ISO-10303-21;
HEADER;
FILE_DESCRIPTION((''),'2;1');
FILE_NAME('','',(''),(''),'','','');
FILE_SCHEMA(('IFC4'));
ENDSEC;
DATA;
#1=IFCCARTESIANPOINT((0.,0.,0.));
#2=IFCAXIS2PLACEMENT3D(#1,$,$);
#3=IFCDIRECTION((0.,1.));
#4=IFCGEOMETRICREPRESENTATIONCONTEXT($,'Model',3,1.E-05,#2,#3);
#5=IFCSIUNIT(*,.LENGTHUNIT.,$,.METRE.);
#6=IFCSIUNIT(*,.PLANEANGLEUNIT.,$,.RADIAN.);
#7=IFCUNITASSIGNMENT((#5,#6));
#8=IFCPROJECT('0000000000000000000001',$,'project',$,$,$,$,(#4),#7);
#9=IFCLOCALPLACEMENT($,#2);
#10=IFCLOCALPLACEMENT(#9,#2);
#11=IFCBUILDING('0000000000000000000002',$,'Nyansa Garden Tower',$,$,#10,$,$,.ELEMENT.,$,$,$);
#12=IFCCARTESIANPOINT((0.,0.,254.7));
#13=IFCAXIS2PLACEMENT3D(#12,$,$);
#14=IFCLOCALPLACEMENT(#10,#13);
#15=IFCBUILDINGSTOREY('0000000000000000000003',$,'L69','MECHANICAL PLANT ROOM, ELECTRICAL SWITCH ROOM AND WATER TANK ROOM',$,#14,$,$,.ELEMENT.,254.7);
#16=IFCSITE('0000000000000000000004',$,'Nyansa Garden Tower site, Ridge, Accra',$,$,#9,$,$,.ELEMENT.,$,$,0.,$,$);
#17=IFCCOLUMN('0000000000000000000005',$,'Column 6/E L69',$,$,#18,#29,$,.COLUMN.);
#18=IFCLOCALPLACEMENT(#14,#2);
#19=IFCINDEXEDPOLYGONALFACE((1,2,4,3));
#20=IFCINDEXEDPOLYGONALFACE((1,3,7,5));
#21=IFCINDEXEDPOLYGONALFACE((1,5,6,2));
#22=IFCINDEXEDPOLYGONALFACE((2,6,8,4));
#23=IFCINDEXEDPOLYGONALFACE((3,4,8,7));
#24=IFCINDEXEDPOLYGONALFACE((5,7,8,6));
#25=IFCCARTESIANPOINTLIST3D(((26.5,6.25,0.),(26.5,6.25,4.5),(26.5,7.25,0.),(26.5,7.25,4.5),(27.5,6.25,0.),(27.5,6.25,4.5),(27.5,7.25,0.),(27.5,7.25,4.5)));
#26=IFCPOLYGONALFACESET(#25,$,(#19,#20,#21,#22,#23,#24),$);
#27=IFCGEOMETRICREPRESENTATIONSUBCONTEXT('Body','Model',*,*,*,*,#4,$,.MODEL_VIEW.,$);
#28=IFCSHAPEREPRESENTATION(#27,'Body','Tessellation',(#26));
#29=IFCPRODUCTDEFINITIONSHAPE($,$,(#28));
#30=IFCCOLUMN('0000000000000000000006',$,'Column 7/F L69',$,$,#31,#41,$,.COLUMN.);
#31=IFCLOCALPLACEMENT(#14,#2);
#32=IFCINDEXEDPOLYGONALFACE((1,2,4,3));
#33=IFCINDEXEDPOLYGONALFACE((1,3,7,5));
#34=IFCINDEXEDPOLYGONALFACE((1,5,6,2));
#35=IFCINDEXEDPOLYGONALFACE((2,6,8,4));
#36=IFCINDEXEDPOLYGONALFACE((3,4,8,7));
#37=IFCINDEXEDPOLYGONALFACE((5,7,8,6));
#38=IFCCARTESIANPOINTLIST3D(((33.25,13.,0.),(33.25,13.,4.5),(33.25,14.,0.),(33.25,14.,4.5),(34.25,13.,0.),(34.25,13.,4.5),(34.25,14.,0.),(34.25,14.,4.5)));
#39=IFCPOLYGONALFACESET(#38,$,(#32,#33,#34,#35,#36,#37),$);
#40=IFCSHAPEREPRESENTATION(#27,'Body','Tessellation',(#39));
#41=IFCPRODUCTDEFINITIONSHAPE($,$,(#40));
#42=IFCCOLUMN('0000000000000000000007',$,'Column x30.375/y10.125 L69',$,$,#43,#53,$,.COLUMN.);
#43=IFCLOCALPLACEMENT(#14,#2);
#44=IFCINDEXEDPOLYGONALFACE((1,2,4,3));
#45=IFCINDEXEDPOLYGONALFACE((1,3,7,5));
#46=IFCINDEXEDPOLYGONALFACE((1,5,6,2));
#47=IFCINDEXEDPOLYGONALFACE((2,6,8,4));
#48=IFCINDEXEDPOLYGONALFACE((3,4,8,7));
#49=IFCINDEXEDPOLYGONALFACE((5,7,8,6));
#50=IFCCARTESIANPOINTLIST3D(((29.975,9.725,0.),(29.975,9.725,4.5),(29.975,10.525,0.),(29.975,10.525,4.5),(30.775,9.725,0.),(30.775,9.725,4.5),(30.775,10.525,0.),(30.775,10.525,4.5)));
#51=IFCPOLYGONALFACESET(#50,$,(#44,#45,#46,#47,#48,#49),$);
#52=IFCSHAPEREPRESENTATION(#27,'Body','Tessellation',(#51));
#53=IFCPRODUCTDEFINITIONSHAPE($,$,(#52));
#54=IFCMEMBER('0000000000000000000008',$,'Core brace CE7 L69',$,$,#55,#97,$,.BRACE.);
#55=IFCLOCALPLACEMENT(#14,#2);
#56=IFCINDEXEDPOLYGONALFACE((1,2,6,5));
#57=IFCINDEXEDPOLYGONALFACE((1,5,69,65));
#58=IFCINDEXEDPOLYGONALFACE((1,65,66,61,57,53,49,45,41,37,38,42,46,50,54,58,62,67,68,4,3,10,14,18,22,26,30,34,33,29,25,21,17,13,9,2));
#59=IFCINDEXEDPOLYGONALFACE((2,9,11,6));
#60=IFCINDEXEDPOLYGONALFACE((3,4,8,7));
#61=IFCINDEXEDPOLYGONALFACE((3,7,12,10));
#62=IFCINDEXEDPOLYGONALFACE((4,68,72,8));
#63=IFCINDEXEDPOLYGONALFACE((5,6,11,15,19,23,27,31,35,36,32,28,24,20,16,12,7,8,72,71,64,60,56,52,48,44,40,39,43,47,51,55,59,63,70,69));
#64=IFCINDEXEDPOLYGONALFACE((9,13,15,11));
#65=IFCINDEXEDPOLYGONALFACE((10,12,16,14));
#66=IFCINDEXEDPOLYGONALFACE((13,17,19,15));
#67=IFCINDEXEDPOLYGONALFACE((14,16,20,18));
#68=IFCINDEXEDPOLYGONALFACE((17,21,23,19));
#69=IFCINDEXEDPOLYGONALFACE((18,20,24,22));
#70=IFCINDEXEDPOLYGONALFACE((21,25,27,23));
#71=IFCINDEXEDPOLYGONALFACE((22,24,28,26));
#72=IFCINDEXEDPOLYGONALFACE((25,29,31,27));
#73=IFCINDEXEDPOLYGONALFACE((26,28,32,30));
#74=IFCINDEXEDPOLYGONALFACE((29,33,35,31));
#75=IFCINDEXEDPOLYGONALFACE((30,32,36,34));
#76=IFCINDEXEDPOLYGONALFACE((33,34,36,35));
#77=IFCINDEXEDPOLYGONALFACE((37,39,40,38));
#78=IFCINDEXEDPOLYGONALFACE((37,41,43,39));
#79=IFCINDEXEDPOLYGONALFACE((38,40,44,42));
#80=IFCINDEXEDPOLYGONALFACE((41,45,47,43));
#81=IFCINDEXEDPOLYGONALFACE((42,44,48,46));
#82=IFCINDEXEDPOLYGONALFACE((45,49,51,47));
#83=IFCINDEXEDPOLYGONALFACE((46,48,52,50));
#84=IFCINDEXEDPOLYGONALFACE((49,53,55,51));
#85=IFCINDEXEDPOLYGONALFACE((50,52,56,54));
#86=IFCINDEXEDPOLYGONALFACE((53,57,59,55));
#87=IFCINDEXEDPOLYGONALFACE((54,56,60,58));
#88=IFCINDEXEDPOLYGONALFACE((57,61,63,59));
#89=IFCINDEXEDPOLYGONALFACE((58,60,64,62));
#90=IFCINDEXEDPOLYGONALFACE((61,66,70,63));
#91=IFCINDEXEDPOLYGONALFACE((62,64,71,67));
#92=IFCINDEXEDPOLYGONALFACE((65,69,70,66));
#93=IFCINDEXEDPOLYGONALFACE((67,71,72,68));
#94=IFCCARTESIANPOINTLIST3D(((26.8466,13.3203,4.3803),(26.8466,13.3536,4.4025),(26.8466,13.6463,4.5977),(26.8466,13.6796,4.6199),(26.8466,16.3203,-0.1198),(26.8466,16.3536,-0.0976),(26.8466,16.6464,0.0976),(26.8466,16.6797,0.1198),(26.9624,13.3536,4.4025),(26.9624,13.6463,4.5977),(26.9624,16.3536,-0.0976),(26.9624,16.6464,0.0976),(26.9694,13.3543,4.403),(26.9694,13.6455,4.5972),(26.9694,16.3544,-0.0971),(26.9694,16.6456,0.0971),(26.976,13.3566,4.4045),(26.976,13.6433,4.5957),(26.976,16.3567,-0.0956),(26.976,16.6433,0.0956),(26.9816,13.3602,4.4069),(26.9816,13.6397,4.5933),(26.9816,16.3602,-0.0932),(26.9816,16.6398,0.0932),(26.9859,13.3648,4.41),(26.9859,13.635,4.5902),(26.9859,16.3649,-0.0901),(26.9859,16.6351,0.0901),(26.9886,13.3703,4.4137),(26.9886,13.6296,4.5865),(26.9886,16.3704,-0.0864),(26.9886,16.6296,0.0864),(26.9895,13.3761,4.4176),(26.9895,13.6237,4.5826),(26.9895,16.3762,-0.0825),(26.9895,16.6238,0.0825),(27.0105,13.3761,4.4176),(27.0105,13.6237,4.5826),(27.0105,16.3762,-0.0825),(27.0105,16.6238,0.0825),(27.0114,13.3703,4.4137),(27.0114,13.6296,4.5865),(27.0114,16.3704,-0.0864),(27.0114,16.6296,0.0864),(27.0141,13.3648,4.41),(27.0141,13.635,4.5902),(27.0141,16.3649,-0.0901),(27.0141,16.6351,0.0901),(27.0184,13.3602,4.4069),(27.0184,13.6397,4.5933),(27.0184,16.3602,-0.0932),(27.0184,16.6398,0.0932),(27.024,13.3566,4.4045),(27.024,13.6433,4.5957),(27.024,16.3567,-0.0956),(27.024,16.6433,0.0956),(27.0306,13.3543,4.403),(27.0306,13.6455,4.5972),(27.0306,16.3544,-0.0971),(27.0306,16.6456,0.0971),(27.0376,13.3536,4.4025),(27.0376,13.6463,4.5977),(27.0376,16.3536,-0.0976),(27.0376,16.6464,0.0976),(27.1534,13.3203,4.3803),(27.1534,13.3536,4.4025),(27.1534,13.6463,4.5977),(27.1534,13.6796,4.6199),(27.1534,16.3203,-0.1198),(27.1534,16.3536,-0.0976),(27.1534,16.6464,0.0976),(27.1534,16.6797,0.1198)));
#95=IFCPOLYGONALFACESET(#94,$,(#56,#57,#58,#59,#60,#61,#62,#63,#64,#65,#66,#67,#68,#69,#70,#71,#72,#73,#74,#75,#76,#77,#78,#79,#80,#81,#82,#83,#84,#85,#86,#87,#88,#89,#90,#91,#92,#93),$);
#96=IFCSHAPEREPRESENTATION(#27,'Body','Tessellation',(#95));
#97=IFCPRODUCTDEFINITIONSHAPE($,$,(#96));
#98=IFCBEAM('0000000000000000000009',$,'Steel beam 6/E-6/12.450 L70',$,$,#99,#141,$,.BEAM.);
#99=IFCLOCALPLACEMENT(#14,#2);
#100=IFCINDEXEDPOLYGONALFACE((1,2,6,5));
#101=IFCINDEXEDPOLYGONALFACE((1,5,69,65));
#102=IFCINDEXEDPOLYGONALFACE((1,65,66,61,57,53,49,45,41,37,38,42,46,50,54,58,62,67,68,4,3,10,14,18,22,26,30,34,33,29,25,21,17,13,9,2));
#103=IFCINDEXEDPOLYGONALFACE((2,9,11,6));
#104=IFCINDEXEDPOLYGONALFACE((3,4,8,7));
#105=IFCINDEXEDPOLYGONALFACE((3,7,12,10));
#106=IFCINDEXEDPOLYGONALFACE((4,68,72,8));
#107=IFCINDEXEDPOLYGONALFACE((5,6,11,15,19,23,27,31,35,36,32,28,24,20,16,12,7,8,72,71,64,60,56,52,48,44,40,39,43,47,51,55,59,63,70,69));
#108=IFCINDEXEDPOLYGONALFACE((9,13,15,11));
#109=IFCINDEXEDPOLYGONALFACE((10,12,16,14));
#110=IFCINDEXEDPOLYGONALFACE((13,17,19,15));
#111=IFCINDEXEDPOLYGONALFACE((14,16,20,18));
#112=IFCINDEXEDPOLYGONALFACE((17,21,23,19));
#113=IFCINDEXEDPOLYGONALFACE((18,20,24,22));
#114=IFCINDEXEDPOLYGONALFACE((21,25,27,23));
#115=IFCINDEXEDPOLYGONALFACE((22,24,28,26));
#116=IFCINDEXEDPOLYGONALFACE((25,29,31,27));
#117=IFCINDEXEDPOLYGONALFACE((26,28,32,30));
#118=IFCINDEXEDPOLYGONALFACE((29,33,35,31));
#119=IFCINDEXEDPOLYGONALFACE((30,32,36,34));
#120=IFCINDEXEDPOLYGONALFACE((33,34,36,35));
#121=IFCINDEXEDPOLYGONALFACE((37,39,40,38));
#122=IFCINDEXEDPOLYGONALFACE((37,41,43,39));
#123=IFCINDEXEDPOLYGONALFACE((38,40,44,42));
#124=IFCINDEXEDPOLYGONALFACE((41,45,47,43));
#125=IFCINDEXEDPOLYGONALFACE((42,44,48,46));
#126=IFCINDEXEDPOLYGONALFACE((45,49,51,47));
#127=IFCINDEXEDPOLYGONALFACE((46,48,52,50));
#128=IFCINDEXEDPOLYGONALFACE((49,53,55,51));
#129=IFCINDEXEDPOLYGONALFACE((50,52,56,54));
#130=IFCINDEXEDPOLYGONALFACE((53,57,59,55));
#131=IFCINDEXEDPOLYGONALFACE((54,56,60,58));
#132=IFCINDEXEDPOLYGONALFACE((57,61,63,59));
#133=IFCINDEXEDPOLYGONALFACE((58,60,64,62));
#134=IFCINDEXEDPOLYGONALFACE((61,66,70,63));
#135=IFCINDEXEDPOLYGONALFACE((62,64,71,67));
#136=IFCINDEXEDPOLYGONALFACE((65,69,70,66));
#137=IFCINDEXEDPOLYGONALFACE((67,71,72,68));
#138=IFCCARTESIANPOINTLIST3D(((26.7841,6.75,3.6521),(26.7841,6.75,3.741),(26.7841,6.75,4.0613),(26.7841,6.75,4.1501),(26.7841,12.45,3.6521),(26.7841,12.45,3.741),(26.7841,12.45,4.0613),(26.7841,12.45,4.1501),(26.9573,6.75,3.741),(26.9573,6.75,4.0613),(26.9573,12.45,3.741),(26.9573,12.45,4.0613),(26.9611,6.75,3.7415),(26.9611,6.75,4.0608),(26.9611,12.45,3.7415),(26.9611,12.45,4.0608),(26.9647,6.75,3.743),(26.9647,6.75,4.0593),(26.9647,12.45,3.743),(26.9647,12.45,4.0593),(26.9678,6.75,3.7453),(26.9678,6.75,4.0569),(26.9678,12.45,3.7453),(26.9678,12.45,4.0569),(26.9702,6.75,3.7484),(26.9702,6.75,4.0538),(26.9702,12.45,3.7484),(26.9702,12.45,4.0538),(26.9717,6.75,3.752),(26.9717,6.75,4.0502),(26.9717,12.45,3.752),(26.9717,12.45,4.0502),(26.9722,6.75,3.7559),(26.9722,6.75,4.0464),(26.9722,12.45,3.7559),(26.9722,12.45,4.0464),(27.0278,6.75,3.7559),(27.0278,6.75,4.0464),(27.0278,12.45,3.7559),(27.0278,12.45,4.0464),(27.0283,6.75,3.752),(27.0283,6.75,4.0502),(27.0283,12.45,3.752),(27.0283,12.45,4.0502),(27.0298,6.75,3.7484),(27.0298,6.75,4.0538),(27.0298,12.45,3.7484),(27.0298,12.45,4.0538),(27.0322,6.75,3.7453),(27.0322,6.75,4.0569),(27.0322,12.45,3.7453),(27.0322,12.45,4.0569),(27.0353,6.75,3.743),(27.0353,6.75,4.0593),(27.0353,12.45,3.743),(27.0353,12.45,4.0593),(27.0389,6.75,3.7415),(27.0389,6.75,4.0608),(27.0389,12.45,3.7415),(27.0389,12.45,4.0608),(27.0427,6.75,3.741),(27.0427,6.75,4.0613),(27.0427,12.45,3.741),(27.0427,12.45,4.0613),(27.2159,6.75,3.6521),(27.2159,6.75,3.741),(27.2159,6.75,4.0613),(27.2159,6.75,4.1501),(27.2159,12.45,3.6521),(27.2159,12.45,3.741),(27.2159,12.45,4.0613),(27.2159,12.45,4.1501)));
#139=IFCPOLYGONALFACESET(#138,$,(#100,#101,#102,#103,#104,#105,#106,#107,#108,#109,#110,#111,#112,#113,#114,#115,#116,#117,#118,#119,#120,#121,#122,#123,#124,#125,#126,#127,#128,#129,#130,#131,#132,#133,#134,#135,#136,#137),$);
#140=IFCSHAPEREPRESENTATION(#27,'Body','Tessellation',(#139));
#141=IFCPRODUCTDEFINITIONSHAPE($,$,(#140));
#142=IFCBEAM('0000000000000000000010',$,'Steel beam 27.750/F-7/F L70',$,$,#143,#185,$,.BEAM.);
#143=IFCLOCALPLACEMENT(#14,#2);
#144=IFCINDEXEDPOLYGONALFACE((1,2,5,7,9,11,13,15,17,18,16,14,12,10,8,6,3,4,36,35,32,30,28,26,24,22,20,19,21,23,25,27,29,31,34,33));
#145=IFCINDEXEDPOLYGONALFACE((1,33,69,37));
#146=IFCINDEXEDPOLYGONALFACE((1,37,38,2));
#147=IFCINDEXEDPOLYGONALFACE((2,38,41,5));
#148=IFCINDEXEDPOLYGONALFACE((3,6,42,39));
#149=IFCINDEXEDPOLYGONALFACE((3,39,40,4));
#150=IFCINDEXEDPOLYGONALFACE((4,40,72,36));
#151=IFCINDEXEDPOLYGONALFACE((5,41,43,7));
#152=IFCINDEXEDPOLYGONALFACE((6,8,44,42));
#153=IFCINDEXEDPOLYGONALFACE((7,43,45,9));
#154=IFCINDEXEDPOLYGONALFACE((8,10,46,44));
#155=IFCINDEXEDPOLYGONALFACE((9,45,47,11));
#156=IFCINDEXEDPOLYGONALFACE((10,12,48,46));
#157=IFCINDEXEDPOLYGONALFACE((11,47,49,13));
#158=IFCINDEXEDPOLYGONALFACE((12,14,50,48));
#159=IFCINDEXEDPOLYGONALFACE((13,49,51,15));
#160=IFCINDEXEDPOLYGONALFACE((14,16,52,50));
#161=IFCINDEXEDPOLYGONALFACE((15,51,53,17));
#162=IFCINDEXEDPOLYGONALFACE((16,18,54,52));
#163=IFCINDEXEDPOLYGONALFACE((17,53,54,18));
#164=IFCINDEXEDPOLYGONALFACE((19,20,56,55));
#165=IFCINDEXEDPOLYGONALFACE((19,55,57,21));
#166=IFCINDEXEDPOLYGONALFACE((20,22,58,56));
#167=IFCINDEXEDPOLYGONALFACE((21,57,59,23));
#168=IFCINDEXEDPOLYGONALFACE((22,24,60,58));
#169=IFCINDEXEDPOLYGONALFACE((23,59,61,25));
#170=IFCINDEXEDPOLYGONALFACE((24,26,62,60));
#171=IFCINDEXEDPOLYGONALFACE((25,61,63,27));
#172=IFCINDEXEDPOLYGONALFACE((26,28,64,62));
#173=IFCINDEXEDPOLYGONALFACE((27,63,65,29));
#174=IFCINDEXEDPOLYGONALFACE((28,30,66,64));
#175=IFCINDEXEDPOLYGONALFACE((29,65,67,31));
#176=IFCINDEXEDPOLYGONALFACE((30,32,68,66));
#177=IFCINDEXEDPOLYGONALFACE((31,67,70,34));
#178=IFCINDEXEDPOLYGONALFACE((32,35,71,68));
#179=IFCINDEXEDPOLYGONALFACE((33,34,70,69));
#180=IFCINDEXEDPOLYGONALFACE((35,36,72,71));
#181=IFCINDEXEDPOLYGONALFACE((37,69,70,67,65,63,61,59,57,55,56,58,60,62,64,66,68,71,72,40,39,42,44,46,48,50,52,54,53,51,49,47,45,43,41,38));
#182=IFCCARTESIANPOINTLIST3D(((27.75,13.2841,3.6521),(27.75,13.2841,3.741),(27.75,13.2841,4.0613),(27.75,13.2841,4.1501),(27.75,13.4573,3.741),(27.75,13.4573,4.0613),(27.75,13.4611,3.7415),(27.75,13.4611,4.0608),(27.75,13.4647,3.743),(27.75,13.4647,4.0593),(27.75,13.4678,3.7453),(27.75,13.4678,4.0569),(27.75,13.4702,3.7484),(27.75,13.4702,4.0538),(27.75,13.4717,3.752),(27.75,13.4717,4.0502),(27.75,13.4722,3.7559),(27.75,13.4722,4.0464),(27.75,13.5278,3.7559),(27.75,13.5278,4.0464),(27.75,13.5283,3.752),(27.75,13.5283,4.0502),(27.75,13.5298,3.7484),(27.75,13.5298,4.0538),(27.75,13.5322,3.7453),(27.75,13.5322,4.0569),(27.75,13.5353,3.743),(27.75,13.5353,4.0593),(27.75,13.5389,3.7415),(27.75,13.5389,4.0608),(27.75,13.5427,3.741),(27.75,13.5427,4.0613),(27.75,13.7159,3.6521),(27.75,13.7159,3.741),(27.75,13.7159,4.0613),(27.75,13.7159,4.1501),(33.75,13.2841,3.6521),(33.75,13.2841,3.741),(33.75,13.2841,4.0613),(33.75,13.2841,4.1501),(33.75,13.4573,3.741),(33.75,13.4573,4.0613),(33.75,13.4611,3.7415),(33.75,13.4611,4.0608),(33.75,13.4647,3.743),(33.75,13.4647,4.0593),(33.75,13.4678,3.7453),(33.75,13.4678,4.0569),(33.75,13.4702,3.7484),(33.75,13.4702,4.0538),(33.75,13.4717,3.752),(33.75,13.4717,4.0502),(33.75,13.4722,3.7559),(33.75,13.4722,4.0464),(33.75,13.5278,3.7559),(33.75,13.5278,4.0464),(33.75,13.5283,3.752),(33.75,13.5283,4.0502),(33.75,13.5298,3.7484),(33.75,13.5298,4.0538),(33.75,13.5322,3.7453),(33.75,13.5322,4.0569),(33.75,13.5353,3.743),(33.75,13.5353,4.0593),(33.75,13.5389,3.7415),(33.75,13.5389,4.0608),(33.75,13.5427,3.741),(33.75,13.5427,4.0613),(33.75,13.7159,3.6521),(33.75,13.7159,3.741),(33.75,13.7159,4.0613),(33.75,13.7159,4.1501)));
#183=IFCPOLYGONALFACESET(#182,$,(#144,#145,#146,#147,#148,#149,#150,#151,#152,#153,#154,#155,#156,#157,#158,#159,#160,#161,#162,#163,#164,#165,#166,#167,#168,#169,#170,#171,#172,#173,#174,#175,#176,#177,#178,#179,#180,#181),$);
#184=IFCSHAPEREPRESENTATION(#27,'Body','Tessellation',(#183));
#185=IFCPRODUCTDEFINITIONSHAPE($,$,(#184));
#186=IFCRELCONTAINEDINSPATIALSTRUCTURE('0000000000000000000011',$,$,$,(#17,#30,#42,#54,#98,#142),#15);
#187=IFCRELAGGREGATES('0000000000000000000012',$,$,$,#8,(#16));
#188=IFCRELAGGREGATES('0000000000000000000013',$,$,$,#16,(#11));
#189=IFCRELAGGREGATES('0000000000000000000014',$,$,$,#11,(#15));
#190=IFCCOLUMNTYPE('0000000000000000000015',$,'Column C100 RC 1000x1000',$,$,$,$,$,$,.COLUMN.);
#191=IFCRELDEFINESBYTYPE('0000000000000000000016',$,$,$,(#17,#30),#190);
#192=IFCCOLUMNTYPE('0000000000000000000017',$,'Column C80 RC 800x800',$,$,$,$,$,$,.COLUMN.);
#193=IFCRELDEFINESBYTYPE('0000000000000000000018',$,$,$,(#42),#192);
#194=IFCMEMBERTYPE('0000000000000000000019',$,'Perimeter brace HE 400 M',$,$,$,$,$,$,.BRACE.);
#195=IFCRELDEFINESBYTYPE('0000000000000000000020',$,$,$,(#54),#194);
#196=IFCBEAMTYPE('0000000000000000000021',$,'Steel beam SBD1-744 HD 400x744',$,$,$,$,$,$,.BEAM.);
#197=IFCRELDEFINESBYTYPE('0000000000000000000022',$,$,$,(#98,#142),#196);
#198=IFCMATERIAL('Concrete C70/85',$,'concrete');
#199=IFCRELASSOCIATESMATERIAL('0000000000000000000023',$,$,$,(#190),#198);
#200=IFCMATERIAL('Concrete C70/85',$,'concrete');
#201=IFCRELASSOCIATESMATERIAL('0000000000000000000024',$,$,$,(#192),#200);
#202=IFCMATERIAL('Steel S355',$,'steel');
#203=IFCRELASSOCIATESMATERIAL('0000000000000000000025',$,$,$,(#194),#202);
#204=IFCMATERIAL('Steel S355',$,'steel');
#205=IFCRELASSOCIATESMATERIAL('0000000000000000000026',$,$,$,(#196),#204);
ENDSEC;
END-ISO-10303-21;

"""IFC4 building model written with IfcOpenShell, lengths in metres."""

from ifc_helpers import new_model, si_unit, direction, frame, origin, origin_2d, place, context, subcontext, project, spatial, rectangle, i_section, extrude, material, material_profile, profile_set, type_object, element, save


model = new_model("IFC4")

# Units and contexts
model_context = context("Model", 3, precision=1e-05, world=origin(), true_north=direction((0.0, 1.0)))
body_context = subcontext(model_context, "Body", "Model", "MODEL_VIEW")
ifc_project = project(units=[si_unit("LENGTHUNIT", "METRE"), si_unit("PLANEANGLEUNIT", "RADIAN")], contexts=[model_context])

# Site, building, storey
site_placement = place(None, origin())
site = spatial("IfcSite", under=ifc_project, at=site_placement, Name="Nyansa Garden Tower site, Ridge, Accra", CompositionType="ELEMENT", RefElevation=0.0)
building_placement = place(site_placement, origin())
building = spatial("IfcBuilding", under=site, at=building_placement, Name="Nyansa Garden Tower", CompositionType="ELEMENT")
storey_placement = place(building_placement, frame((0.0, 0.0, 254.7)))
storey = spatial("IfcBuildingStorey", under=building, at=storey_placement, Name="L69", Description="MECHANICAL PLANT ROOM, ELECTRICAL SWITCH ROOM AND WATER TANK ROOM", CompositionType="ELEMENT", Elevation=254.7)

# Columns
ifc_material_1 = material(Name="Concrete C70/85", Category="concrete")
ifc_material_profile_1 = material_profile(ifc_material_1, rectangle(XDim=1.0, YDim=1.0, at=origin_2d()), Name="RC 1000x1000")
ifc_profile_set_1 = profile_set([ifc_material_profile_1], Name="Concrete C70/85")
column_type_1 = type_object("IfcColumnType", Name="Column C100 RC 1000x1000", PredefinedType="COLUMN", material=ifc_profile_set_1)
for number, where, z_axis, x_axis, name in (
    (1, (27.0, 6.75, 0.0), (0.0, 0.0, 1.0), (1.0, 0.0, 0.0), "Column 6/E L69"),
    (2, (33.75, 13.5, 0.0), (0.0, 0.0, 1.0), (1.0, 0.0, 0.0), "Column 7/F L69"),
):
    element("IfcColumn", number, at=place(storey_placement, frame(where, z_axis=z_axis, x_axis=x_axis)), inside=storey, type_object=column_type_1, Name=name, PredefinedType="COLUMN", context=body_context, shape_type="SweptSolid", body=[
        extrude(rectangle(XDim=1.0, YDim=1.0, at=origin_2d()), origin(), (0.0, 0.0, 1.0), 4.5),
    ])
ifc_material_2 = material(Name="Concrete C70/85", Category="concrete")
ifc_material_profile_2 = material_profile(ifc_material_2, rectangle(XDim=0.8, YDim=0.8, at=origin_2d()), Name="RC 800x800")
ifc_profile_set_2 = profile_set([ifc_material_profile_2], Name="Concrete C70/85")
column_type_2 = type_object("IfcColumnType", Name="Column C80 RC 800x800", PredefinedType="COLUMN", material=ifc_profile_set_2)
column_placement = place(storey_placement, frame((30.375, 10.125, 0.0), z_axis=(0.0, 0.0, 1.0), x_axis=(1.0, 0.0, 0.0)))
element("IfcColumn", 3, at=column_placement, inside=storey, type_object=column_type_2, Name="Column x30.375/y10.125 L69", PredefinedType="COLUMN", context=body_context, shape_type="SweptSolid", body=[
    extrude(rectangle(XDim=0.8, YDim=0.8, at=origin_2d()), origin(), (0.0, 0.0, 1.0), 4.5),
])

# Member
ifc_material_3 = material(Name="Steel S355", Category="steel")
ifc_material_profile_3 = material_profile(ifc_material_3, i_section(OverallWidth=0.3069, OverallDepth=0.4319, WebThickness=0.021, FlangeThickness=0.04, FilletRadius=0.0271, at=origin_2d()), Name="HE 400 M")
ifc_profile_set_3 = profile_set([ifc_material_profile_3], Name="Steel S355")
member_type = type_object("IfcMemberType", Name="Perimeter brace HE 400 M", PredefinedType="BRACE", material=ifc_profile_set_3)
member_placement = place(storey_placement, frame((27.0, 16.5, 0.0), z_axis=(0.0, -0.5547, 0.83205), x_axis=(1.0, 0.0, 0.0)))
element("IfcMember", 4, at=member_placement, inside=storey, type_object=member_type, Name="Core brace CE7 L69", PredefinedType="BRACE", context=body_context, shape_type="SweptSolid", body=[
    extrude(i_section(OverallWidth=0.3069, OverallDepth=0.4319, WebThickness=0.021, FlangeThickness=0.04, FilletRadius=0.0271, at=origin_2d()), origin(), (0.0, 0.0, 1.0), 5.4084),
])

# Beams
ifc_material_4 = material(Name="Steel S355", Category="steel")
ifc_material_profile_4 = material_profile(ifc_material_4, i_section(OverallWidth=0.4319, OverallDepth=0.498, WebThickness=0.0557, FlangeThickness=0.0889, FilletRadius=0.0149, at=origin_2d()), Name="HD 400x744")
ifc_profile_set_4 = profile_set([ifc_material_profile_4], Name="Steel S355")
beam_type_1 = type_object("IfcBeamType", Name="Steel beam SBD1-744 HD 400x744", PredefinedType="BEAM", material=ifc_profile_set_4)
beam_1_placement = place(storey_placement, frame((27.0, 6.75, 3.9011), z_axis=(0.0, 1.0, 0.0), x_axis=(-1.0, 0.0, 0.0)))
element("IfcBeam", 5, at=beam_1_placement, inside=storey, type_object=beam_type_1, Name="Steel beam 6/E-6/12.450 L70", PredefinedType="BEAM", context=body_context, shape_type="SweptSolid", body=[
    extrude(i_section(OverallWidth=0.4319, OverallDepth=0.498, WebThickness=0.0557, FlangeThickness=0.0889, FilletRadius=0.0149, at=origin_2d()), origin(), (0.0, 0.0, 1.0), 5.7),
])
beam_2_placement = place(storey_placement, frame((27.75, 13.5, 3.9011), z_axis=(1.0, 0.0, 0.0), x_axis=(0.0, 1.0, 0.0)))
element("IfcBeam", 6, at=beam_2_placement, inside=storey, type_object=beam_type_1, Name="Steel beam 27.750/F-7/F L70", PredefinedType="BEAM", context=body_context, shape_type="SweptSolid", body=[
    extrude(i_section(OverallWidth=0.4319, OverallDepth=0.498, WebThickness=0.0557, FlangeThickness=0.0889, FilletRadius=0.0149, at=origin_2d()), origin(), (0.0, 0.0, 1.0), 6.0),
])

save(model, "model.ifc")
